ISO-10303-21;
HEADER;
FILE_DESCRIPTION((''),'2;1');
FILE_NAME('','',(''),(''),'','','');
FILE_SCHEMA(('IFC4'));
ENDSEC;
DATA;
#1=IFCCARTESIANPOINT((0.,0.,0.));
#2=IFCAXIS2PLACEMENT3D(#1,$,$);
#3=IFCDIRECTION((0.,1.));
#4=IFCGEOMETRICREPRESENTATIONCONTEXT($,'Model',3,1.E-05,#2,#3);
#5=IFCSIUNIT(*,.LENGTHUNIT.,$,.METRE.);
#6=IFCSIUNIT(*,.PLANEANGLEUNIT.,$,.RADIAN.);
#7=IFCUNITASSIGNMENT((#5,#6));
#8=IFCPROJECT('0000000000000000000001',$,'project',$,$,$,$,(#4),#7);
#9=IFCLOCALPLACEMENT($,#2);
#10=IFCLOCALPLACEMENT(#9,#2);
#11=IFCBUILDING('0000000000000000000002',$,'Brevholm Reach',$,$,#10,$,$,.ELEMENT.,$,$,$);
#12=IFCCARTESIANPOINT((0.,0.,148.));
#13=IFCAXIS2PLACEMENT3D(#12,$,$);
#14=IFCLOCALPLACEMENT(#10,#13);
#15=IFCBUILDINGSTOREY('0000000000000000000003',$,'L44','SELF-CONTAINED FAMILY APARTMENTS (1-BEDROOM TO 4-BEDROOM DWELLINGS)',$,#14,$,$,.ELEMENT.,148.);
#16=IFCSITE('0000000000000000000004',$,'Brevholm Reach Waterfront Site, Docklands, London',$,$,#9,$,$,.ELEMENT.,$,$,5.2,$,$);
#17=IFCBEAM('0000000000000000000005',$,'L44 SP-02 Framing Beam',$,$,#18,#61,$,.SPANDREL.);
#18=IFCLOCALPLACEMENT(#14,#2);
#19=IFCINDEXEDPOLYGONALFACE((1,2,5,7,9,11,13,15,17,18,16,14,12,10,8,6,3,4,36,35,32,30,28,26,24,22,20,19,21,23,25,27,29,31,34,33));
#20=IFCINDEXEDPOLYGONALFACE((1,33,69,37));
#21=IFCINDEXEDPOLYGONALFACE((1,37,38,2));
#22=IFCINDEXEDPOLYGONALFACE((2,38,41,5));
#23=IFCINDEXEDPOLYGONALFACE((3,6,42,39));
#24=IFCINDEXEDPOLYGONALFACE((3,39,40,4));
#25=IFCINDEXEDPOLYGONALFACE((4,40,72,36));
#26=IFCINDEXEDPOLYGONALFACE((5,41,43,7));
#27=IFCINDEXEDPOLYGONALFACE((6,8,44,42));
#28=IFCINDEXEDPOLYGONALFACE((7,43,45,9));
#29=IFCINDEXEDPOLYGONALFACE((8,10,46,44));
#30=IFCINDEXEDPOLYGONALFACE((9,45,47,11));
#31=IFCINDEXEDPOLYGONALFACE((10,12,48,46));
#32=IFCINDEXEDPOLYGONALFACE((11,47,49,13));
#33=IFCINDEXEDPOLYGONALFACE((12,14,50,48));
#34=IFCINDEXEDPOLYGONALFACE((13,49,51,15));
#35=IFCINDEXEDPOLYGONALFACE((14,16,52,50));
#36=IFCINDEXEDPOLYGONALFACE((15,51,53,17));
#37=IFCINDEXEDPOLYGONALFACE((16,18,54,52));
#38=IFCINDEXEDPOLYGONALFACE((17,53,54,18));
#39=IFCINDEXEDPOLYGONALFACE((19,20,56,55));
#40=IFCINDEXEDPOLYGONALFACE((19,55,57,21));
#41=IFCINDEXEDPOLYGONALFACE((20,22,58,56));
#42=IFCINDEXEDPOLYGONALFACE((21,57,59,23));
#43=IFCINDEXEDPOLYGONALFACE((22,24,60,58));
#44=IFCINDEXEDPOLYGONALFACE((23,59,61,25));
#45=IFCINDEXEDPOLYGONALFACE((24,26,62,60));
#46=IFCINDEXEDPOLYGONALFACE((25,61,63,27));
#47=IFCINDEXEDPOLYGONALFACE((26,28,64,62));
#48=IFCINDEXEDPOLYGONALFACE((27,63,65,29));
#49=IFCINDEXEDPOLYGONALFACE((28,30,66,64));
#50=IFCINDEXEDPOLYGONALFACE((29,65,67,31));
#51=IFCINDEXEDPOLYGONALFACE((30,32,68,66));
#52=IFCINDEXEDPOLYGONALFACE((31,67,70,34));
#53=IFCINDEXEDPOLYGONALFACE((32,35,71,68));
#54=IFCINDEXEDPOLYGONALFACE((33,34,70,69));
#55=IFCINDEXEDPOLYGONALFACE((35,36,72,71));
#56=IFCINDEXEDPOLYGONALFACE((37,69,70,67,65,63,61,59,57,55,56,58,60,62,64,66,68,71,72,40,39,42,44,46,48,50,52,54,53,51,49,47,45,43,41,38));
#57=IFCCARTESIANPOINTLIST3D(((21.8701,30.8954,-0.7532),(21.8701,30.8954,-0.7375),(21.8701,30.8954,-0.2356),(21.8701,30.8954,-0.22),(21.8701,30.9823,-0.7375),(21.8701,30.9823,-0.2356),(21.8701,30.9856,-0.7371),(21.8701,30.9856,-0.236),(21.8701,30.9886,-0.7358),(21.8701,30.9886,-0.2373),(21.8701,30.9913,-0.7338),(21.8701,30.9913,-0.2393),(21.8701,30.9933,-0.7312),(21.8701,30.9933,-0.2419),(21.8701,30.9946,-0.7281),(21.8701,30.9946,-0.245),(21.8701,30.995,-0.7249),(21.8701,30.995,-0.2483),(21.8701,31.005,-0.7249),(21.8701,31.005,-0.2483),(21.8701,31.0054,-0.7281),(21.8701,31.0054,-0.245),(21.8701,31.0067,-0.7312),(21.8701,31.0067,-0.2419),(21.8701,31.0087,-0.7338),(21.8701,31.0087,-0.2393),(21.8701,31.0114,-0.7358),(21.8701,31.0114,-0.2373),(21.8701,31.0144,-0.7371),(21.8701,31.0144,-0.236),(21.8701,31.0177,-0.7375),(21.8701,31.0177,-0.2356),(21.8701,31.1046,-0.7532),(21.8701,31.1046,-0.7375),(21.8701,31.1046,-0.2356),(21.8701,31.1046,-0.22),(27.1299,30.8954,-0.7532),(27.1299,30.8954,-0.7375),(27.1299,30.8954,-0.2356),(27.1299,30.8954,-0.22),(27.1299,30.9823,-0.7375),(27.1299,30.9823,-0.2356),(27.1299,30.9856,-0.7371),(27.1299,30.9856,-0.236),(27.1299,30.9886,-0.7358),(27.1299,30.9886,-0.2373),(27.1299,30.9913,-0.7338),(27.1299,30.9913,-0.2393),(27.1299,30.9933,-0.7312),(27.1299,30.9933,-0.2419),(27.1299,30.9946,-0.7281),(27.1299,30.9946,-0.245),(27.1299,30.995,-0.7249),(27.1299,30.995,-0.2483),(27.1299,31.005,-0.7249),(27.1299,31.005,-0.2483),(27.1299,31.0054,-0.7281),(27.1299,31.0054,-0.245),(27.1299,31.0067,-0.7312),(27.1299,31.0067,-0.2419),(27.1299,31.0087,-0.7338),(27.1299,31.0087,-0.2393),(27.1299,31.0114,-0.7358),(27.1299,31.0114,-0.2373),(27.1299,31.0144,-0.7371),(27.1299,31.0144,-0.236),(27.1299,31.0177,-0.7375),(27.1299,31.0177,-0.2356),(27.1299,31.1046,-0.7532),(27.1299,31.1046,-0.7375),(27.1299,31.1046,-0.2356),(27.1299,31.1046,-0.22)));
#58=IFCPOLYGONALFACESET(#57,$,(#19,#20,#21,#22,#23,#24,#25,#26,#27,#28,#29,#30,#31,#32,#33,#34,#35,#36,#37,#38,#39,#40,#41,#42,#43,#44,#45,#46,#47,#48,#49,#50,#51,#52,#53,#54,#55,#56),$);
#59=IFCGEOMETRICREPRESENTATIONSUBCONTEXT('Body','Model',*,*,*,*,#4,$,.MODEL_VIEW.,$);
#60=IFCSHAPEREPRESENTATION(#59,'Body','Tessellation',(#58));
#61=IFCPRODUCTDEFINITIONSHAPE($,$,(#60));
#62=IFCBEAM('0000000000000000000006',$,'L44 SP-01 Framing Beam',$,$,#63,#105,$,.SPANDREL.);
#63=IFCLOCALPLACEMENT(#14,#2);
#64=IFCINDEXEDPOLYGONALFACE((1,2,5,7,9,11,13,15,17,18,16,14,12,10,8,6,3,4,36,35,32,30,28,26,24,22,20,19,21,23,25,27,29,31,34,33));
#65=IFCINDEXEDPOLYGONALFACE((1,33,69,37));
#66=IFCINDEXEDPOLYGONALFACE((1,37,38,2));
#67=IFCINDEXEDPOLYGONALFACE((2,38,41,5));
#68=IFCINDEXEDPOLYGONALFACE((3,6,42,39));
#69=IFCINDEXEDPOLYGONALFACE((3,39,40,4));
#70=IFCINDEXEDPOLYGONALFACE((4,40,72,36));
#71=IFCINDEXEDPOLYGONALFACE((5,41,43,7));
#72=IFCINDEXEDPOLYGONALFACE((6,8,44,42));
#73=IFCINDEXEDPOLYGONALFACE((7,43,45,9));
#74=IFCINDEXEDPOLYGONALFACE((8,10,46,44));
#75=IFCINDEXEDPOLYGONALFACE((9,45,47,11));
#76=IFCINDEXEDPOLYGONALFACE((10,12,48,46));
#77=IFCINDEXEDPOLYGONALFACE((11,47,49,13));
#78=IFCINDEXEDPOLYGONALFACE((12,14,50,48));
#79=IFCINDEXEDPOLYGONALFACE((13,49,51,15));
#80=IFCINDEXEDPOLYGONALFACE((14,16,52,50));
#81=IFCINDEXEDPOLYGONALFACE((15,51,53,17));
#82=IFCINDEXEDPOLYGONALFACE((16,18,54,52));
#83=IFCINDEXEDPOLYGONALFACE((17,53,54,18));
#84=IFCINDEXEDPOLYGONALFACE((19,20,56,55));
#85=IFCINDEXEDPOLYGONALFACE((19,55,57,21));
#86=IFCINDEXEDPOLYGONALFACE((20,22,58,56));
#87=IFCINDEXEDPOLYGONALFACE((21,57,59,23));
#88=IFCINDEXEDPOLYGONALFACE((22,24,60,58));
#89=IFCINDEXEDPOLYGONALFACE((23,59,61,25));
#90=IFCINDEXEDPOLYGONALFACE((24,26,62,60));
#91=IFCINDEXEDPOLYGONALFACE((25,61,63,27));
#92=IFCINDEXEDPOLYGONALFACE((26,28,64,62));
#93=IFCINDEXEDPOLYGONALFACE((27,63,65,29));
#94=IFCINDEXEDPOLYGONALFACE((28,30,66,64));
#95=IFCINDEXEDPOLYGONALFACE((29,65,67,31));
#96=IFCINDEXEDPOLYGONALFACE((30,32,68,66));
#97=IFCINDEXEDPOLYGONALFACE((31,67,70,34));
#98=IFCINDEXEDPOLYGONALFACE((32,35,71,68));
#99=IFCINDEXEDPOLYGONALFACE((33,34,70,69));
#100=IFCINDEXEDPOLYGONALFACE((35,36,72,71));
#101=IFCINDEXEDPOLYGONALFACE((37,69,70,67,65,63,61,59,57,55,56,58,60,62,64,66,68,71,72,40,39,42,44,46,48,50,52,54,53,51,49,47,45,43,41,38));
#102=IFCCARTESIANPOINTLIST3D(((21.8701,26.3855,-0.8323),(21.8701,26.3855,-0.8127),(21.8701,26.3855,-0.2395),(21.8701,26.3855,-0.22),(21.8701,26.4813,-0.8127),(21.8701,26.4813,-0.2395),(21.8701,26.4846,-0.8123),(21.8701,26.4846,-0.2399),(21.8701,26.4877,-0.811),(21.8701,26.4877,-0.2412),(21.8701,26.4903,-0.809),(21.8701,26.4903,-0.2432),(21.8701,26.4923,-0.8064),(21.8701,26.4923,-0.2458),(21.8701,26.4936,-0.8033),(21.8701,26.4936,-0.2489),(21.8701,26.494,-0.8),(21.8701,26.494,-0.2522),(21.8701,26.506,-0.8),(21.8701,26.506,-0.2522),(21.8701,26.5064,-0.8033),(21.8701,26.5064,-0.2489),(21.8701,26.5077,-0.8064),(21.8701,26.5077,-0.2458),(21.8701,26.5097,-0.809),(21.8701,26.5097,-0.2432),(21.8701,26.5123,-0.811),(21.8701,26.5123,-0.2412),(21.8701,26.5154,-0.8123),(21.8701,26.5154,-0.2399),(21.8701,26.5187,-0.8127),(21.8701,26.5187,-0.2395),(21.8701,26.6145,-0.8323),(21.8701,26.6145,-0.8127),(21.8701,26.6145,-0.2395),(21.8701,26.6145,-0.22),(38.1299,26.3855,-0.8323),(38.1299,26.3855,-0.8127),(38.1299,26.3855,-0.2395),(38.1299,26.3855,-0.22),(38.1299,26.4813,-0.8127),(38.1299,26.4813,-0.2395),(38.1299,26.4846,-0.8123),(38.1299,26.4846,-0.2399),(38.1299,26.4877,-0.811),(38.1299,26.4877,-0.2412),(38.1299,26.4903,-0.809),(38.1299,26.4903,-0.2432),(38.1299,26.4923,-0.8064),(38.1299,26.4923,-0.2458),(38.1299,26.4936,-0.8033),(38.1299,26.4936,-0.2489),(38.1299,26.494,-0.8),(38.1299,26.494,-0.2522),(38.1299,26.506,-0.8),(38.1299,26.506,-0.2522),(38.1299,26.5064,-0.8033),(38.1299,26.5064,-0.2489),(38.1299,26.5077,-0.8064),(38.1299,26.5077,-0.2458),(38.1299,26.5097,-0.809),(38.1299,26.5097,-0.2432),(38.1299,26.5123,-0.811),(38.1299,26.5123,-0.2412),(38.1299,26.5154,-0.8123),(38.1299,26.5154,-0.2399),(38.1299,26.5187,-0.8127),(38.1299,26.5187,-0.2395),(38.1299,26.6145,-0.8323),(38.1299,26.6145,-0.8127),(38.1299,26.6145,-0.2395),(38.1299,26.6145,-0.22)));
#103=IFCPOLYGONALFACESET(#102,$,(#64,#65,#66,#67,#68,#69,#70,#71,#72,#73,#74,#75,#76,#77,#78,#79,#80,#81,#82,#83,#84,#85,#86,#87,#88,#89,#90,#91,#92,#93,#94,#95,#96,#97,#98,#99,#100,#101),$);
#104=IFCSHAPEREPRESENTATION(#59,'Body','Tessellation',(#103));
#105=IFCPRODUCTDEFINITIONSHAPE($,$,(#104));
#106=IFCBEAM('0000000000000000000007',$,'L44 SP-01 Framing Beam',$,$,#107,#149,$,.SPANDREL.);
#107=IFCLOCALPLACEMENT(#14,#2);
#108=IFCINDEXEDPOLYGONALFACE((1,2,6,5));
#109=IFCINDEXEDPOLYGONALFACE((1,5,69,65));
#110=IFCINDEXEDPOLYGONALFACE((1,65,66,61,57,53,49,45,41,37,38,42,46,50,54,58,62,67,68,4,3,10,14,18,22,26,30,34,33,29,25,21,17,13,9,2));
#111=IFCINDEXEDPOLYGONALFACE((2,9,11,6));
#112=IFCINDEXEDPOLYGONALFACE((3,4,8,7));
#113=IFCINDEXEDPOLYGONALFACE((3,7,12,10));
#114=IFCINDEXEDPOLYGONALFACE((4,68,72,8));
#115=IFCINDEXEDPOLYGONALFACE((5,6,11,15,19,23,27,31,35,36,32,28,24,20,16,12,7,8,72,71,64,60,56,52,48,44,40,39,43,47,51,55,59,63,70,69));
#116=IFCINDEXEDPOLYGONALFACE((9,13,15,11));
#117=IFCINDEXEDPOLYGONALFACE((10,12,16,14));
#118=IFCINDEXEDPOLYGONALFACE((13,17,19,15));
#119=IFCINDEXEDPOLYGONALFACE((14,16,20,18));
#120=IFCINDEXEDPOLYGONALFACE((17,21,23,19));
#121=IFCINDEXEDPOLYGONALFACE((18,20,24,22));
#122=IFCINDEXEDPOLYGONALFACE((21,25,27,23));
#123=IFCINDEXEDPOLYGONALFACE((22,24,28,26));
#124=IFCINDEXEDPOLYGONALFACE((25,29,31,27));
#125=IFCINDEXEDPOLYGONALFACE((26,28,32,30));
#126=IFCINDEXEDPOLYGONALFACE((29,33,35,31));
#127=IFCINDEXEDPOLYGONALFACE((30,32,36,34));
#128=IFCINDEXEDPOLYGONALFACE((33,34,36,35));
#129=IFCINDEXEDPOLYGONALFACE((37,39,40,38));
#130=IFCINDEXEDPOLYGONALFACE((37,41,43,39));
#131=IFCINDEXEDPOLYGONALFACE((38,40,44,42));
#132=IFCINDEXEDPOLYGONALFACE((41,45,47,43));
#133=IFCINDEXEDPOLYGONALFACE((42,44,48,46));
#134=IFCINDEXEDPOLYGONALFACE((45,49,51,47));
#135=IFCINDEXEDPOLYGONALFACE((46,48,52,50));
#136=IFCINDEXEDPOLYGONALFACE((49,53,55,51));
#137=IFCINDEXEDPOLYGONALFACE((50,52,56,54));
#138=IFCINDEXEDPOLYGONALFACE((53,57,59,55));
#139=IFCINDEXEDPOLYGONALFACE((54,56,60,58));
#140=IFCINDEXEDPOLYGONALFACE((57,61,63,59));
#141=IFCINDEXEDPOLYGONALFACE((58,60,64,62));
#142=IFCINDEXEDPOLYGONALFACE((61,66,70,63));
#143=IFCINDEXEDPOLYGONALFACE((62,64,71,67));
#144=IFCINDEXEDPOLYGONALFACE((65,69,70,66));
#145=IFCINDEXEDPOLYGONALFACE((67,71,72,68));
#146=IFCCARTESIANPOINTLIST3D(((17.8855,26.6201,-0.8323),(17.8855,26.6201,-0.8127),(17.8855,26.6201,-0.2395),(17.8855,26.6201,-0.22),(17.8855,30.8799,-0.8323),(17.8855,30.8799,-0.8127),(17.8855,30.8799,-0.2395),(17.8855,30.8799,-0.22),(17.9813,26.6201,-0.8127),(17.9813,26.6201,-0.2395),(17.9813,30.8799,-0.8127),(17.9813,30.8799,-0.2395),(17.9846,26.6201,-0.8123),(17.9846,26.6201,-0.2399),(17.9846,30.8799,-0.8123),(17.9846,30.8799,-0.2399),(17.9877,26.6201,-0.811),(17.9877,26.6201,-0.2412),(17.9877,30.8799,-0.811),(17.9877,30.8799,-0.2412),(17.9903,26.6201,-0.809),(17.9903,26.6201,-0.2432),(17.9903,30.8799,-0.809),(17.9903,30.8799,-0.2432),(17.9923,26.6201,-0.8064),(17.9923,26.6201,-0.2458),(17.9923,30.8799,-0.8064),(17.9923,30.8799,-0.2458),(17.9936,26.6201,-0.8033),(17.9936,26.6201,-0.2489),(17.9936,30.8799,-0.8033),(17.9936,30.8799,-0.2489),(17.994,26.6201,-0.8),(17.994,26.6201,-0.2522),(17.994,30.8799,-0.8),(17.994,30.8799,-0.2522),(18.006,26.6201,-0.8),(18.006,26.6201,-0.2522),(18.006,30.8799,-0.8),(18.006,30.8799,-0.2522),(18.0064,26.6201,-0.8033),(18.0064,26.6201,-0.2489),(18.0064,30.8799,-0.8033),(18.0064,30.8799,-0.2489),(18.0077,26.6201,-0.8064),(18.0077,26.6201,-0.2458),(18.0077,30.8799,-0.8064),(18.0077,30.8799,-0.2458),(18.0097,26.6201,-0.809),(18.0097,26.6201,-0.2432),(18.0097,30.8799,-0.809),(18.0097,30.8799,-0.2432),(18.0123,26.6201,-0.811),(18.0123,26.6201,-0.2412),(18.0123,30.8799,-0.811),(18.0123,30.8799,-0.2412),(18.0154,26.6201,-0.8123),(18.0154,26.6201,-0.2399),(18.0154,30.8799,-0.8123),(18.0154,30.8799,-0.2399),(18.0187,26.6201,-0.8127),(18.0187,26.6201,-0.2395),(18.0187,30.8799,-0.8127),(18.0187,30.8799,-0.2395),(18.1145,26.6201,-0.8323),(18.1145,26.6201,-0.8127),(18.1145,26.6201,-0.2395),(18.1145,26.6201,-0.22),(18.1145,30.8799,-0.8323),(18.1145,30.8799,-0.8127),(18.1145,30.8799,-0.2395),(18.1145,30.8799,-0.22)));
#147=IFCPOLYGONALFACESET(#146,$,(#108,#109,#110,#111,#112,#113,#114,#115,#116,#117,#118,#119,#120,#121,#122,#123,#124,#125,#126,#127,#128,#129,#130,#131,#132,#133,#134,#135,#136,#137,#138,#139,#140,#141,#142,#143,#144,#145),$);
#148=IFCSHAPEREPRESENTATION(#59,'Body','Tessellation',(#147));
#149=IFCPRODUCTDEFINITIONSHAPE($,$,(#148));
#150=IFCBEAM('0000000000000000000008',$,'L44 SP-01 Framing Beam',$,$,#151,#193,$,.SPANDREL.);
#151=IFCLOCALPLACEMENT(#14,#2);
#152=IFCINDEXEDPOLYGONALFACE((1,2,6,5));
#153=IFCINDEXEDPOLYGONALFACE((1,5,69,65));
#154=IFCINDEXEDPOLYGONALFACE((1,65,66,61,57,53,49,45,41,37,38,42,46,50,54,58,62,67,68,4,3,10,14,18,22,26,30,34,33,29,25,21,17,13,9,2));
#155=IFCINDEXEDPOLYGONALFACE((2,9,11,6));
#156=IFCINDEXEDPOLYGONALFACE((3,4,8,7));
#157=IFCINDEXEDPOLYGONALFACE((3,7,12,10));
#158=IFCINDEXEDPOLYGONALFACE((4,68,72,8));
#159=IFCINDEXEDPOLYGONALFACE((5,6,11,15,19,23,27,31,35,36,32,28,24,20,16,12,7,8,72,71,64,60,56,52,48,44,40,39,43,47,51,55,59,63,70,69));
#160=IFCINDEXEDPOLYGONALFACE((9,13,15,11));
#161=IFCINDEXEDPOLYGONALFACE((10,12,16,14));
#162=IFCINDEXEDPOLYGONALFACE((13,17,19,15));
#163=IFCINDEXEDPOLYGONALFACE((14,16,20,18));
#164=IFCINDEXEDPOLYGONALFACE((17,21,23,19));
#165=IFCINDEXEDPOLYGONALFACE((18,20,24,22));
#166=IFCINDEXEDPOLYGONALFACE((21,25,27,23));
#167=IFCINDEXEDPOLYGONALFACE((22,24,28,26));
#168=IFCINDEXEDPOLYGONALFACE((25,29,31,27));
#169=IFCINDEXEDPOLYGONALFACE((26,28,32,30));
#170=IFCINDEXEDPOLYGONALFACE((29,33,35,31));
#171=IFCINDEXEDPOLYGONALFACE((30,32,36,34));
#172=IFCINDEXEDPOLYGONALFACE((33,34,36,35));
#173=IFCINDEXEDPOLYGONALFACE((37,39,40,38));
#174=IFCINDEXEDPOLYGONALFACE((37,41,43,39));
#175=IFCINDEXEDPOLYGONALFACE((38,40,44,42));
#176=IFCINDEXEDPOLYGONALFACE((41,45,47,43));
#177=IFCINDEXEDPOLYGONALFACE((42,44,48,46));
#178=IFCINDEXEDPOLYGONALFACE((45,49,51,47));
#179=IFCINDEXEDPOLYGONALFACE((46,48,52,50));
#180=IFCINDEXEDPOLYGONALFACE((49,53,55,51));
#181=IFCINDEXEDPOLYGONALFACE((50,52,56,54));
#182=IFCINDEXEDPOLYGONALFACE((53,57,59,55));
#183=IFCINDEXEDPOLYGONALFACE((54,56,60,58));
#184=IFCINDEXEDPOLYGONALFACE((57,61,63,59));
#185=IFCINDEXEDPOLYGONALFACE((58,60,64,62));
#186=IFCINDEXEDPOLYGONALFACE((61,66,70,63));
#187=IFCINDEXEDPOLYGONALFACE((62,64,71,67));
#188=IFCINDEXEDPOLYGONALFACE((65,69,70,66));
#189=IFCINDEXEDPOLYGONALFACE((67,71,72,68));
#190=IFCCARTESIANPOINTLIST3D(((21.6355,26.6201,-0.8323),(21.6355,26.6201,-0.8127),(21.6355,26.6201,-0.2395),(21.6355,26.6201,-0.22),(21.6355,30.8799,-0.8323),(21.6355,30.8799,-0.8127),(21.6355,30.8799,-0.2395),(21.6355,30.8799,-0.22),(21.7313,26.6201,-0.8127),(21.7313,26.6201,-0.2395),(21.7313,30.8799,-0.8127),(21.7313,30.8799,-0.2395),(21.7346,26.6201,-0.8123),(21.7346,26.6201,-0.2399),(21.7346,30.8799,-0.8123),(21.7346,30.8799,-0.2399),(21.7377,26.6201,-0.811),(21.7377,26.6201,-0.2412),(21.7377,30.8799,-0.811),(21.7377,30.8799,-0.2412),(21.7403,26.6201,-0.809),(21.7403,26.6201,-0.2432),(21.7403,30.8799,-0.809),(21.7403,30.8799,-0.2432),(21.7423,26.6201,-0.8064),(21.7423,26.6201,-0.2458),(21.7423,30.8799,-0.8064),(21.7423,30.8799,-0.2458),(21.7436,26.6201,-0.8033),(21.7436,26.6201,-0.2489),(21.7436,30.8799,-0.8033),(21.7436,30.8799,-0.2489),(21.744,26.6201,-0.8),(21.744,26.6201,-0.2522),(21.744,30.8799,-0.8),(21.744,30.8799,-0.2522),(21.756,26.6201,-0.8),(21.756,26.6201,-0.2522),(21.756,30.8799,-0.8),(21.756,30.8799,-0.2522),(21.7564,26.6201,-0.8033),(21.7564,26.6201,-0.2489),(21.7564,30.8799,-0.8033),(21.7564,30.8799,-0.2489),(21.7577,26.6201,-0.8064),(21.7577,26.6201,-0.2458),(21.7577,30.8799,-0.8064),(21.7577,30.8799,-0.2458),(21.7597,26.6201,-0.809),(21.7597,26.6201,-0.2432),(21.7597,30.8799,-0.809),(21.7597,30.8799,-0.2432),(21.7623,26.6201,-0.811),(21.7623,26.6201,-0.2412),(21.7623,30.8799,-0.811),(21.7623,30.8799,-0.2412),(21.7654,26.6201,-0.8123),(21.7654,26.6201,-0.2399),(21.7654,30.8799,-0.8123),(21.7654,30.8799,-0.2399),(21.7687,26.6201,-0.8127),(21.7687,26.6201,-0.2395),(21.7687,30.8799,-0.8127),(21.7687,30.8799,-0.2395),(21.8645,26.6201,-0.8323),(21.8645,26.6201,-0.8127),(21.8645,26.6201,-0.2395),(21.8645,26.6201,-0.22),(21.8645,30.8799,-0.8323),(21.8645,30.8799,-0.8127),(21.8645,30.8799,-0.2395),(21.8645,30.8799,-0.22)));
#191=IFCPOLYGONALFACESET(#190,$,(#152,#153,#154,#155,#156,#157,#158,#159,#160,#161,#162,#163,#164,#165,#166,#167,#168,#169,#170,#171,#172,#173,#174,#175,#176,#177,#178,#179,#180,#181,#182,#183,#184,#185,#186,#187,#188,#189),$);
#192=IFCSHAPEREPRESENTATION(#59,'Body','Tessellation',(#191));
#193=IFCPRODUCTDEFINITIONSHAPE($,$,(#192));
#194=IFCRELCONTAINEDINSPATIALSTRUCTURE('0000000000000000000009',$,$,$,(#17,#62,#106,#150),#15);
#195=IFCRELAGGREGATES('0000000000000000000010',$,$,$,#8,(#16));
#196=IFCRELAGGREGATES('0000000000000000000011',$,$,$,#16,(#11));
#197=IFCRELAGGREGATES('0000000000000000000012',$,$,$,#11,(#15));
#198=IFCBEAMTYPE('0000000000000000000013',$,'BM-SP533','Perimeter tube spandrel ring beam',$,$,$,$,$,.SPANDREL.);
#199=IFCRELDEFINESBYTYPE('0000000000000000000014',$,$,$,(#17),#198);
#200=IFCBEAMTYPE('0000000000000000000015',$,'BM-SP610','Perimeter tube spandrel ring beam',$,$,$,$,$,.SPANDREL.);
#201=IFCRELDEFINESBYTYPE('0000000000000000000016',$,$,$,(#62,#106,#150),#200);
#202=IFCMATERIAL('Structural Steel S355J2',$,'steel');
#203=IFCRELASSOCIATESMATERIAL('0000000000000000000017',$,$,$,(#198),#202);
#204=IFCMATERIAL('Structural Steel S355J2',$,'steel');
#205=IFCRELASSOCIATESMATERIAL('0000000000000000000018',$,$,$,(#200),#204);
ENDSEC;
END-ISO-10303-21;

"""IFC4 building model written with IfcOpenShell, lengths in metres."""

from ifc_helpers import new_model, si_unit, direction, frame, origin, origin_2d, place, context, subcontext, project, spatial, i_section, extrude, material, material_profile, profile_set, type_object, element, save


model = new_model("IFC4")

# Units and contexts
model_context = context("Model", 3, precision=1e-05, world=origin(), true_north=direction((0.0, 1.0)))
body_context = subcontext(model_context, "Body", "Model", "MODEL_VIEW")
ifc_project = project(units=[si_unit("LENGTHUNIT", "METRE"), si_unit("PLANEANGLEUNIT", "RADIAN")], contexts=[model_context])

# Site, building, storey
site_placement = place(None, origin())
site = spatial("IfcSite", under=ifc_project, at=site_placement, Name="Brevholm Reach Waterfront Site, Docklands, London", CompositionType="ELEMENT", RefElevation=5.2)
building_placement = place(site_placement, origin())
building = spatial("IfcBuilding", under=site, at=building_placement, Name="Brevholm Reach", CompositionType="ELEMENT")
storey_placement = place(building_placement, frame((0.0, 0.0, 148.0)))
storey = spatial("IfcBuildingStorey", under=building, at=storey_placement, Name="L44", Description="SELF-CONTAINED FAMILY APARTMENTS (1-BEDROOM TO 4-BEDROOM DWELLINGS)", CompositionType="ELEMENT", Elevation=148.0)

# Beams
ifc_material_1 = material(Name="Structural Steel S355J2", Category="steel")
ifc_material_profile_1 = material_profile(ifc_material_1, i_section(OverallWidth=0.2092, OverallDepth=0.5332, WebThickness=0.01, FlangeThickness=0.0156, FilletRadius=0.0127, at=origin_2d()), Name="UKB 533x210x92")
ifc_profile_set_1 = profile_set([ifc_material_profile_1], Name="Structural Steel S355J2")
beam_type_1 = type_object("IfcBeamType", Name="BM-SP533", Description="Perimeter tube spandrel ring beam", PredefinedType="SPANDREL", material=ifc_profile_set_1)
beam_1_placement = place(storey_placement, frame((21.8701, 31.0, -0.4866), z_axis=(1.0, 0.0, 0.0), x_axis=(0.0, 1.0, 0.0)))
element("IfcBeam", 1, at=beam_1_placement, inside=storey, type_object=beam_type_1, Name="L44 SP-02 Framing Beam", PredefinedType="SPANDREL", context=body_context, shape_type="SweptSolid", body=[
    extrude(i_section(OverallWidth=0.2092, OverallDepth=0.5332, WebThickness=0.01, FlangeThickness=0.0156, FilletRadius=0.0127, at=origin_2d()), origin(), (0.0, 0.0, 1.0), 5.2598),
])
ifc_material_2 = material(Name="Structural Steel S355J2", Category="steel")
ifc_material_profile_2 = material_profile(ifc_material_2, i_section(OverallWidth=0.229, OverallDepth=0.6123, WebThickness=0.012, FlangeThickness=0.0195, FilletRadius=0.0127, at=origin_2d()), Name="UKB 610x229x125")
ifc_profile_set_2 = profile_set([ifc_material_profile_2], Name="Structural Steel S355J2")
beam_type_2 = type_object("IfcBeamType", Name="BM-SP610", Description="Perimeter tube spandrel ring beam", PredefinedType="SPANDREL", material=ifc_profile_set_2)
beam_2_placement = place(storey_placement, frame((21.8701, 26.5, -0.5261), z_axis=(1.0, 0.0, 0.0), x_axis=(0.0, 1.0, 0.0)))
element("IfcBeam", 2, at=beam_2_placement, inside=storey, type_object=beam_type_2, Name="L44 SP-01 Framing Beam", PredefinedType="SPANDREL", context=body_context, shape_type="SweptSolid", body=[
    extrude(i_section(OverallWidth=0.229, OverallDepth=0.6123, WebThickness=0.012, FlangeThickness=0.0195, FilletRadius=0.0127, at=origin_2d()), origin(), (0.0, 0.0, 1.0), 16.2598),
])
for number, where, z_axis, x_axis, name in (
    (3, (18.0, 26.6201, -0.5261), (0.0, 1.0, 0.0), (-1.0, 0.0, 0.0), "L44 SP-01 Framing Beam"),
    (4, (21.75, 26.6201, -0.5261), (0.0, 1.0, 0.0), (-1.0, 0.0, 0.0), "L44 SP-01 Framing Beam"),
):
    element("IfcBeam", number, at=place(storey_placement, frame(where, z_axis=z_axis, x_axis=x_axis)), inside=storey, type_object=beam_type_2, Name=name, PredefinedType="SPANDREL", context=body_context, shape_type="SweptSolid", body=[
        extrude(i_section(OverallWidth=0.229, OverallDepth=0.6123, WebThickness=0.012, FlangeThickness=0.0195, FilletRadius=0.0127, at=origin_2d()), origin(), (0.0, 0.0, 1.0), 4.2598),
    ])

save(model, "model.ifc")
